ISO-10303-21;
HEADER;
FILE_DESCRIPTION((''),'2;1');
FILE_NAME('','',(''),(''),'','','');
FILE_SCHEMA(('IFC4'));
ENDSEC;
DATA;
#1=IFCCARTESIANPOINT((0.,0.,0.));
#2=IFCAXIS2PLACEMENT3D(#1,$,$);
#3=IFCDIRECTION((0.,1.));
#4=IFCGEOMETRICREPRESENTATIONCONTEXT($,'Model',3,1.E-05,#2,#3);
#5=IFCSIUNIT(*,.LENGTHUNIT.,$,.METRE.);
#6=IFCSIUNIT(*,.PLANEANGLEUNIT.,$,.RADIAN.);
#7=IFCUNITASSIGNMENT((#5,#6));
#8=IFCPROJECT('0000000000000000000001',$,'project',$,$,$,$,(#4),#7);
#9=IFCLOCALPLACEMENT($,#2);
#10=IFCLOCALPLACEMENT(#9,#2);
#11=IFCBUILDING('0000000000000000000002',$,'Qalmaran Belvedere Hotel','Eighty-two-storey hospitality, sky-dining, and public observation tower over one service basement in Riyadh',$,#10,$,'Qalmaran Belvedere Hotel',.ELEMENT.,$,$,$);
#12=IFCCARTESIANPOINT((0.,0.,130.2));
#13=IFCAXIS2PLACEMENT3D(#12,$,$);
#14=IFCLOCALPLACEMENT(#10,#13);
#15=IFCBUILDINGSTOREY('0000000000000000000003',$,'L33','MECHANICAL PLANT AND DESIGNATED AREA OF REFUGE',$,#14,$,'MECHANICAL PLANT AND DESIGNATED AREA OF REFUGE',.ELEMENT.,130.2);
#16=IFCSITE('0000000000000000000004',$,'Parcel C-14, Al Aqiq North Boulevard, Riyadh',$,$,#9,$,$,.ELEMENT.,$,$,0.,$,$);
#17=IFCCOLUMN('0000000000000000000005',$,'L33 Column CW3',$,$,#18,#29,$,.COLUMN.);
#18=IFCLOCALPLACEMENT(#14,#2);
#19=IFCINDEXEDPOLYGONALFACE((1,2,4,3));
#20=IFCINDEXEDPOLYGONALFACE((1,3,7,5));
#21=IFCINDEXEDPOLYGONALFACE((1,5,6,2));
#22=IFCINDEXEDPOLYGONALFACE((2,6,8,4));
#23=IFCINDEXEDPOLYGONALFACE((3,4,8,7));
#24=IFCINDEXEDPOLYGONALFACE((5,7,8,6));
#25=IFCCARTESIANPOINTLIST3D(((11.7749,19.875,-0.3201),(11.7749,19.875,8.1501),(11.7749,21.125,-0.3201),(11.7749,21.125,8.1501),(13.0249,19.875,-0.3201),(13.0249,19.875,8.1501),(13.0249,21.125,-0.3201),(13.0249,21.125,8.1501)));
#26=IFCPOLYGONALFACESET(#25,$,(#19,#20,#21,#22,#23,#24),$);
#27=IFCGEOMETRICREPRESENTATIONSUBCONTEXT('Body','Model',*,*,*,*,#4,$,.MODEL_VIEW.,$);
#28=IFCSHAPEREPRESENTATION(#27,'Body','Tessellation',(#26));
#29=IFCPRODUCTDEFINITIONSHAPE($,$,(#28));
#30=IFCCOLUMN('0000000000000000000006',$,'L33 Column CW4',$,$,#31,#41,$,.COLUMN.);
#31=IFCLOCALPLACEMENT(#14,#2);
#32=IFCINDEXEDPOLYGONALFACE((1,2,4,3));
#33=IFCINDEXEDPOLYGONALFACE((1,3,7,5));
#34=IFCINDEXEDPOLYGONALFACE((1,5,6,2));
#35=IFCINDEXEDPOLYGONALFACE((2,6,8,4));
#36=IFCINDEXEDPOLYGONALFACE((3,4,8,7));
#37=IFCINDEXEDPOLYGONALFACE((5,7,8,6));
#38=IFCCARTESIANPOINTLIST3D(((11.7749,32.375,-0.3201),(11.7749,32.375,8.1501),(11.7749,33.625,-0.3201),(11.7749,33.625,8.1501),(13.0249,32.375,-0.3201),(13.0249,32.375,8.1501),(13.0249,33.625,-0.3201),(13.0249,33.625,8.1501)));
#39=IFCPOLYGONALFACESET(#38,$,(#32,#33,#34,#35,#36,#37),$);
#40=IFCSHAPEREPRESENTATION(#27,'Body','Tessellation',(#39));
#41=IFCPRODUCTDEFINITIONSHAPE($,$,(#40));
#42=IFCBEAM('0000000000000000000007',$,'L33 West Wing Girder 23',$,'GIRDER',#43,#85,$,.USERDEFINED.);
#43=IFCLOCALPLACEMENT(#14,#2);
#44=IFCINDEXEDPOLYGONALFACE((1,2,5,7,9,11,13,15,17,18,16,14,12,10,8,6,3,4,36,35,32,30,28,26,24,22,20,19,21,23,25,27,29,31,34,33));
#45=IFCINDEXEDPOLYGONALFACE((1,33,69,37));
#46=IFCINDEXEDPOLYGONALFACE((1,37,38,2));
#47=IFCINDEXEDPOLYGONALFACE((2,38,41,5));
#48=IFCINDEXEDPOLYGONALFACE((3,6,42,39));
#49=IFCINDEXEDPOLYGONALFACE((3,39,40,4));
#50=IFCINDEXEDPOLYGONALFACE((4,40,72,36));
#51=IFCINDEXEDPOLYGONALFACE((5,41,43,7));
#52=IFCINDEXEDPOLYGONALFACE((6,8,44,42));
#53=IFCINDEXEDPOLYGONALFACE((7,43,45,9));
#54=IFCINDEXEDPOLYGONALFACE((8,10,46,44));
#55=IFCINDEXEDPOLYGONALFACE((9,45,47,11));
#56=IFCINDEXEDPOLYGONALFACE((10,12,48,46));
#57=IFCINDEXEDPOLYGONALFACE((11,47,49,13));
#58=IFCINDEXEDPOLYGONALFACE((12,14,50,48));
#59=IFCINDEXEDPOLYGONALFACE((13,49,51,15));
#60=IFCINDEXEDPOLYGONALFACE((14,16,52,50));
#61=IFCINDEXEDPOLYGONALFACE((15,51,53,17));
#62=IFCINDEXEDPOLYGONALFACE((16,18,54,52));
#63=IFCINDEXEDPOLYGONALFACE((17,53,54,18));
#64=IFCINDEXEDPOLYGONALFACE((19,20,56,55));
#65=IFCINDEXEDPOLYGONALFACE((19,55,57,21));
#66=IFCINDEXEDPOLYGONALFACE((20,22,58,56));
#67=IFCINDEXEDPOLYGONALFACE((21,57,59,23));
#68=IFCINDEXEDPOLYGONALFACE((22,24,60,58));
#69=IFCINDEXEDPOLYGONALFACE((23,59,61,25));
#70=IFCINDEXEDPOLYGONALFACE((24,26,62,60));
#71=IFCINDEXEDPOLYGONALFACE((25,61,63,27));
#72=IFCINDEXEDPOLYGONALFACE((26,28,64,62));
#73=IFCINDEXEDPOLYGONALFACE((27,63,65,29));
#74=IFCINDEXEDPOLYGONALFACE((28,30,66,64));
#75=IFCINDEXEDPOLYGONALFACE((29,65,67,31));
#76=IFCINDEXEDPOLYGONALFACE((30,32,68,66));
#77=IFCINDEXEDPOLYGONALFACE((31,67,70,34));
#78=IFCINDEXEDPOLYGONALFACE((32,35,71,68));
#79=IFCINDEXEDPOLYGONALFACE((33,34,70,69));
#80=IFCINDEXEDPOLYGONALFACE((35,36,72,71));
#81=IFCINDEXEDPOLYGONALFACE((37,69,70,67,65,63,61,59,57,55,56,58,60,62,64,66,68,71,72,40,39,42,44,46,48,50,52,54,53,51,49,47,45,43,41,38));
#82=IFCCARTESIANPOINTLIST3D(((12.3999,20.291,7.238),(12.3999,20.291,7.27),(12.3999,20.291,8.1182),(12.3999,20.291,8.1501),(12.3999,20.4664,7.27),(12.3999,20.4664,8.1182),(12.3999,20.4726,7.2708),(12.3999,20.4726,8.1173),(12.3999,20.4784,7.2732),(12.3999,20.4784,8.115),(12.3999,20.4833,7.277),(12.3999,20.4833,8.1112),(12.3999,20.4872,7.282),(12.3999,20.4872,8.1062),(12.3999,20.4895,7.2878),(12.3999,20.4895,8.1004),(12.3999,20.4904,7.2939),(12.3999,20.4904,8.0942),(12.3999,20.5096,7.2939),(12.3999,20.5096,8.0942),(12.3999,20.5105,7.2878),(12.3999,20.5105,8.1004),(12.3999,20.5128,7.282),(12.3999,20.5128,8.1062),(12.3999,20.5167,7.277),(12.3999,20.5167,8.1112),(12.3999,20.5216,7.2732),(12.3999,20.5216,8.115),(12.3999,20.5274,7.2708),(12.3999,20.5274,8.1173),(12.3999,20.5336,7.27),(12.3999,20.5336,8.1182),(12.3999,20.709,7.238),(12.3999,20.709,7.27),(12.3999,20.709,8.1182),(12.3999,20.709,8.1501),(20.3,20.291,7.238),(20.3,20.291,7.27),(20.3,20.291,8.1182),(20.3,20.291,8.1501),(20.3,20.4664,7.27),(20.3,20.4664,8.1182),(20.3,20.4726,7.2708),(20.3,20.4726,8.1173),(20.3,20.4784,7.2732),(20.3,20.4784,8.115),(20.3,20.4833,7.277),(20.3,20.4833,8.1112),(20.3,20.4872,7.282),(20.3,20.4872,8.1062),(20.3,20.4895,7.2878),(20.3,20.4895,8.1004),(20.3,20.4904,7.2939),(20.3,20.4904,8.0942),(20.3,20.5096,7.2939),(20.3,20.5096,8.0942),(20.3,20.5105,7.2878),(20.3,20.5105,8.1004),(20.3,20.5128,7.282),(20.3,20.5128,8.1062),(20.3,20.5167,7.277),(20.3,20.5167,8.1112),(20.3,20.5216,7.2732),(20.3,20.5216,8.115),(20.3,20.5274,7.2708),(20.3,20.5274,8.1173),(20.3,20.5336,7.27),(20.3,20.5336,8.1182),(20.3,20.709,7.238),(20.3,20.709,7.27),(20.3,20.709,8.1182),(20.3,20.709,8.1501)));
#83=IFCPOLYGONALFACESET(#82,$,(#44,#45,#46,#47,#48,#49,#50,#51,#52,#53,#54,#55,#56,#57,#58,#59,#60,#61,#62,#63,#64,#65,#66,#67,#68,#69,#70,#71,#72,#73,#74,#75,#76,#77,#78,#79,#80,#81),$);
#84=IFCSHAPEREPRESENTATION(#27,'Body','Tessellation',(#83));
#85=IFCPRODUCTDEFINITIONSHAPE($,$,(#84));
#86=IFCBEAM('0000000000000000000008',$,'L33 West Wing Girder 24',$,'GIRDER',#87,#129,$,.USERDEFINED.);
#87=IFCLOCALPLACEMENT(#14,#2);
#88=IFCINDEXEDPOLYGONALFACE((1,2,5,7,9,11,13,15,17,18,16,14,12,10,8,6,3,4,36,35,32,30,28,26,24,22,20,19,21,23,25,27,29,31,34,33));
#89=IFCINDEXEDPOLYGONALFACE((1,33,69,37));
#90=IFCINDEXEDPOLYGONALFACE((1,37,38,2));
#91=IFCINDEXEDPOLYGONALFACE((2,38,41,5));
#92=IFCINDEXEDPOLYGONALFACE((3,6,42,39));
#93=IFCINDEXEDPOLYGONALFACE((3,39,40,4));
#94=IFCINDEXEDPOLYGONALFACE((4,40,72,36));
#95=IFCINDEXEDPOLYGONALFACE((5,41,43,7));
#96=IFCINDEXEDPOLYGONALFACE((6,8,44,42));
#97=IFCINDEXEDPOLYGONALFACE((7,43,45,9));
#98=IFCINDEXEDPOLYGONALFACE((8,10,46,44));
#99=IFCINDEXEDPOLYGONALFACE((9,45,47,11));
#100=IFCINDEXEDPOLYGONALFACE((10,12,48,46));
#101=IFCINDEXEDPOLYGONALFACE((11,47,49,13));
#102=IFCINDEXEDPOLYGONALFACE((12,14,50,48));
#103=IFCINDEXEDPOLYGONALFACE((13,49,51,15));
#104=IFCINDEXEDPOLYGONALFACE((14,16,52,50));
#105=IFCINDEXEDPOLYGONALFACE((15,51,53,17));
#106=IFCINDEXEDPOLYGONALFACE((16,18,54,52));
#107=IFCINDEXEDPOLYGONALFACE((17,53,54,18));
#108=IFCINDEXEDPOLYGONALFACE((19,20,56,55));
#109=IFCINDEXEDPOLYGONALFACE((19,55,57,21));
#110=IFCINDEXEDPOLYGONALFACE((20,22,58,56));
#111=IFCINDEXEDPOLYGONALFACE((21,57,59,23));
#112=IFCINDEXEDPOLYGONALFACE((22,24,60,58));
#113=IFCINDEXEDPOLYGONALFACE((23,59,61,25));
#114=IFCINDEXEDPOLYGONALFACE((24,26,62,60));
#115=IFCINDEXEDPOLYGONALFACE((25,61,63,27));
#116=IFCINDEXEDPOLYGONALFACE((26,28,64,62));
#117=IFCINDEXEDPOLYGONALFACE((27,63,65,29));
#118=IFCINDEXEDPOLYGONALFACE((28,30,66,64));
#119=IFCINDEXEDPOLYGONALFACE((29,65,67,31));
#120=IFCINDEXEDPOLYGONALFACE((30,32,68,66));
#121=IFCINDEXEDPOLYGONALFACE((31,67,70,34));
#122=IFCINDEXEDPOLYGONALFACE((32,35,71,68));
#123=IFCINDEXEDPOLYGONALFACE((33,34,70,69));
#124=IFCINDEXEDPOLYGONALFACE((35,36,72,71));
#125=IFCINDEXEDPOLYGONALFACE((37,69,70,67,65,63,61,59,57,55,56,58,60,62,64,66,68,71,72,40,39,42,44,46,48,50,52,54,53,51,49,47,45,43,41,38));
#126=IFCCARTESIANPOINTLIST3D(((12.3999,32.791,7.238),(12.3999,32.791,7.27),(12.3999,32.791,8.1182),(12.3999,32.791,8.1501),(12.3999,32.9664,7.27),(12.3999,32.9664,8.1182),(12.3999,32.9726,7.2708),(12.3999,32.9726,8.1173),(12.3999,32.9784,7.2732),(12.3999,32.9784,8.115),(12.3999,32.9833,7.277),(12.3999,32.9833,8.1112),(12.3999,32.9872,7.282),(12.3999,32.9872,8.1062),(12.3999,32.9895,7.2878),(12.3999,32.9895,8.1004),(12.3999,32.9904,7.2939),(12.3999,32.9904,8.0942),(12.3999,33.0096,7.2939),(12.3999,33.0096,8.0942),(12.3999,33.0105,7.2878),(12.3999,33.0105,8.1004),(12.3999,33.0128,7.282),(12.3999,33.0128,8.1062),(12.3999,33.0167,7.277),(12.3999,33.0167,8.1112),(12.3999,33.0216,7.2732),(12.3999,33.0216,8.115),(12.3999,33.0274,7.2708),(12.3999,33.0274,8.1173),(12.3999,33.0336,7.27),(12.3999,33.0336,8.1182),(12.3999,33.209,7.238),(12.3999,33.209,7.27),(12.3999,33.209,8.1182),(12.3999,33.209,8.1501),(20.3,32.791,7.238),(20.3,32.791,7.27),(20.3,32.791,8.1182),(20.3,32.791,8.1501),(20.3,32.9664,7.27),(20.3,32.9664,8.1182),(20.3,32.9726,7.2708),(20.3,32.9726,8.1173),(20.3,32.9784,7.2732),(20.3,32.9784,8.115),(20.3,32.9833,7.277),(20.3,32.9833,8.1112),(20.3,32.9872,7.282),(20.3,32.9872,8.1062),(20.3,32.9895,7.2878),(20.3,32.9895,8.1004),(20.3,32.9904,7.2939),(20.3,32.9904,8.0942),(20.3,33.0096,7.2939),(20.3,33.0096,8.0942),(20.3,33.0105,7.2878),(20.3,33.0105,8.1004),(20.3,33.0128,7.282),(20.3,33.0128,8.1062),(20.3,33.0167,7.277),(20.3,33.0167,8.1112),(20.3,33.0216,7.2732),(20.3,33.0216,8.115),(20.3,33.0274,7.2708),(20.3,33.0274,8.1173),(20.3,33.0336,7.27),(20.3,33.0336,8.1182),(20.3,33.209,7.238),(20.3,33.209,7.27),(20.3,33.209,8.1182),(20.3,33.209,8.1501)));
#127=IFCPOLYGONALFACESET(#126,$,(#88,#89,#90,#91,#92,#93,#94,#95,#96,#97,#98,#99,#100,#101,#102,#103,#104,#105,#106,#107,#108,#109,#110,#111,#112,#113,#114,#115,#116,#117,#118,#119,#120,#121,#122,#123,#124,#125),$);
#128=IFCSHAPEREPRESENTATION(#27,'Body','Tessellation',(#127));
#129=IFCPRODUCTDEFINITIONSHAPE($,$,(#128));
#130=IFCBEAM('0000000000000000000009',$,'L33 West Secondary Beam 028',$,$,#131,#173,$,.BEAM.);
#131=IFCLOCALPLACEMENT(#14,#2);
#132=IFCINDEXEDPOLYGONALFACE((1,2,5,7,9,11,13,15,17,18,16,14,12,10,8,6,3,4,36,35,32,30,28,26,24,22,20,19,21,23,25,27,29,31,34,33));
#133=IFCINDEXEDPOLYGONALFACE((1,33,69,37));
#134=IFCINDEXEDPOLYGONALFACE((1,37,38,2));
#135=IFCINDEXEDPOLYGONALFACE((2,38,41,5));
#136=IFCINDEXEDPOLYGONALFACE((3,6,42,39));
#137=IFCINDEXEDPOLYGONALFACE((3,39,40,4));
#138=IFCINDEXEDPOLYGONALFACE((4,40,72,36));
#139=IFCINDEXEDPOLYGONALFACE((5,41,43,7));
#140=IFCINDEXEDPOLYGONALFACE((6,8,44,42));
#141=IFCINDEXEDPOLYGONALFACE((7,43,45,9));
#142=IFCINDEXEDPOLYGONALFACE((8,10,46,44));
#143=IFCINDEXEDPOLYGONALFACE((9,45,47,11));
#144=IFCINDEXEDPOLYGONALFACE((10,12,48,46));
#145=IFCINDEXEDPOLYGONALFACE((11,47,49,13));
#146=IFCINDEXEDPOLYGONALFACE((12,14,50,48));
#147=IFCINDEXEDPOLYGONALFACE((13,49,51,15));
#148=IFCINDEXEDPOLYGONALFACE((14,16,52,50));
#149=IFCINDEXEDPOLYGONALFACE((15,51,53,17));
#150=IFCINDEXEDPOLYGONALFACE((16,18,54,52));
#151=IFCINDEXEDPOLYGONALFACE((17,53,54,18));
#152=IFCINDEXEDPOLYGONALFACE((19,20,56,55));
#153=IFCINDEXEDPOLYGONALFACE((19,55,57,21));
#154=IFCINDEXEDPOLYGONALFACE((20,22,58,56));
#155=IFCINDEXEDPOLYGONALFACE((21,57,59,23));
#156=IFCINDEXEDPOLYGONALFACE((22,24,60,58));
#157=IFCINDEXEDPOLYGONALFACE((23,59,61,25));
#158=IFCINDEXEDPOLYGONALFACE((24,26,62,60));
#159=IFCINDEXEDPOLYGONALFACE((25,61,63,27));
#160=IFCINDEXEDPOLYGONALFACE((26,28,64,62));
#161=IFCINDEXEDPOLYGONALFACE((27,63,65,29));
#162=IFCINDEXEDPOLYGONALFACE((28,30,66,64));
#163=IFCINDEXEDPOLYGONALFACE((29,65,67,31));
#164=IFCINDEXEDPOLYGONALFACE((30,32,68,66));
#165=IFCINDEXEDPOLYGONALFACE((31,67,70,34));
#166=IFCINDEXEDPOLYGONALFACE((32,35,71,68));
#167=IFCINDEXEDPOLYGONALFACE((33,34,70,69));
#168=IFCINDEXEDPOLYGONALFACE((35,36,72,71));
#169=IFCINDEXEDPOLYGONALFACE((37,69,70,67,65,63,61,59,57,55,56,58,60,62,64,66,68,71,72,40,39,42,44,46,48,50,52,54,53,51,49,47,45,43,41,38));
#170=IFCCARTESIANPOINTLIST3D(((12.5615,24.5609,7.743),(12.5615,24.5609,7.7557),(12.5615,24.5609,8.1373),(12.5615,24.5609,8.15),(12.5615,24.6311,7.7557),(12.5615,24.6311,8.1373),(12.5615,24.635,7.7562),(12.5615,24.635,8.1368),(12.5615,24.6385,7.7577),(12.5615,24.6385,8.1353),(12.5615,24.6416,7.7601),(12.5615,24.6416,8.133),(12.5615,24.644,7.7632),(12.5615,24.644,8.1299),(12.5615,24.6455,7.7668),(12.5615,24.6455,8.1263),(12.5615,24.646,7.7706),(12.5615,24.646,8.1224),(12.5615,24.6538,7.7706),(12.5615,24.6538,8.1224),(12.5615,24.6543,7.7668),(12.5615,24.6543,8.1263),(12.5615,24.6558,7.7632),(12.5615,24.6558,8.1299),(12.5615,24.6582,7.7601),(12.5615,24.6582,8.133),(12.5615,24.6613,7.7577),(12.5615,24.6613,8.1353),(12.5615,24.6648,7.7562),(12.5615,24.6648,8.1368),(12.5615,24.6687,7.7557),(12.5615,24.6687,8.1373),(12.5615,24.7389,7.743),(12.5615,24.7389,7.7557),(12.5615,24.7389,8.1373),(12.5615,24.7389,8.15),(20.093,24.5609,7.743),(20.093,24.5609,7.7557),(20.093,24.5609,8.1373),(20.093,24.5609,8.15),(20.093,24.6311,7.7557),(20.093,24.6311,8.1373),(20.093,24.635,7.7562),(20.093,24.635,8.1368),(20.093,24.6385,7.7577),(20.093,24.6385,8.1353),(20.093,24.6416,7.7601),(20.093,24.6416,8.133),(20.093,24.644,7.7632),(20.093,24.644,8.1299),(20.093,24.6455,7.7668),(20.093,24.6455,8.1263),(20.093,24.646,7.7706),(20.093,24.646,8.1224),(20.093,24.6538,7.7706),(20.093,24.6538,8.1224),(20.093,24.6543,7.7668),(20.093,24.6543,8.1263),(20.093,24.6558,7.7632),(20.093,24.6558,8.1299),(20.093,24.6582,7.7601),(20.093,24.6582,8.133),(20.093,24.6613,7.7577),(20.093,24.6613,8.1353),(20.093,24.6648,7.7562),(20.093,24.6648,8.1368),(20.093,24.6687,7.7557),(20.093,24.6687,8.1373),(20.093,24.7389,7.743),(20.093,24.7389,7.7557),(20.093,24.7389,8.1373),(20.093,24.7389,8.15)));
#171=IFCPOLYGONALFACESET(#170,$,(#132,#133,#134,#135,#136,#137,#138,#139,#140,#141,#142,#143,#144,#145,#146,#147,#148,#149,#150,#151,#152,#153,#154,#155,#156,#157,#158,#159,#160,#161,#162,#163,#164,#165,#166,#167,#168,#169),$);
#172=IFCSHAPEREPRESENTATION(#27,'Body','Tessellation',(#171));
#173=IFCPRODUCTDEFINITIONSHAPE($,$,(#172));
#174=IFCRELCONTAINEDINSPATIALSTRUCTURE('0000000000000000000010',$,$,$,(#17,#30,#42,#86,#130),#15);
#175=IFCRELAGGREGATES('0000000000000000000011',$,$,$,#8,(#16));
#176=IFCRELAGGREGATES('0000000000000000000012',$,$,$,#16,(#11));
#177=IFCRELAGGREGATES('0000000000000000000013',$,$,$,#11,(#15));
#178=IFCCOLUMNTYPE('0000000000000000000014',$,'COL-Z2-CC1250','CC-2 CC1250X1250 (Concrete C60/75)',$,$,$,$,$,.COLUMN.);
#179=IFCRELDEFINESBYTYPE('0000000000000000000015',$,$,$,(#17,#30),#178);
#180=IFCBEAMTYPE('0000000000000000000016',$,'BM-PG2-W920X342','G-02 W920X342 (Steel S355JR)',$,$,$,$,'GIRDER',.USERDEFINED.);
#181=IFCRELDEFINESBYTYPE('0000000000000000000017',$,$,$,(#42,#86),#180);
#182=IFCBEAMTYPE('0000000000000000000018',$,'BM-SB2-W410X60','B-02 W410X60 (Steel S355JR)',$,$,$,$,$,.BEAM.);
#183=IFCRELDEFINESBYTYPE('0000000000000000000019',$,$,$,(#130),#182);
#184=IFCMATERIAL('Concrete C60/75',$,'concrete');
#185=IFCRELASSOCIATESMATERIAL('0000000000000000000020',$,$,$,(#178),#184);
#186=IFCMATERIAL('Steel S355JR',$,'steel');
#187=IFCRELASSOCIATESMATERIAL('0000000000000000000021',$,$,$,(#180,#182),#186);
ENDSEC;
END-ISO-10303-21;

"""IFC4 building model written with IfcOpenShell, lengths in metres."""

from ifc_helpers import new_model, si_unit, direction, frame, origin, origin_2d, place, context, subcontext, project, spatial, rectangle, i_section, extrude, material, material_profile, profile_set, type_object, element, save


model = new_model("IFC4")

# Units and contexts
model_context = context("Model", 3, precision=1e-05, world=origin(), true_north=direction((0.0, 1.0)))
body_context = subcontext(model_context, "Body", "Model", "MODEL_VIEW")
ifc_project = project(units=[si_unit("LENGTHUNIT", "METRE"), si_unit("PLANEANGLEUNIT", "RADIAN")], contexts=[model_context])

# Site, building, storey
site_placement = place(None, origin())
site = spatial("IfcSite", under=ifc_project, at=site_placement, Name="Parcel C-14, Al Aqiq North Boulevard, Riyadh", CompositionType="ELEMENT", RefElevation=0.0)
building_placement = place(site_placement, origin())
building = spatial("IfcBuilding", under=site, at=building_placement, Name="Qalmaran Belvedere Hotel", Description="Eighty-two-storey hospitality, sky-dining, and public observation tower over one service basement in Riyadh", LongName="Qalmaran Belvedere Hotel", CompositionType="ELEMENT")
storey_placement = place(building_placement, frame((0.0, 0.0, 130.2)))
storey = spatial("IfcBuildingStorey", under=building, at=storey_placement, Name="L33", Description="MECHANICAL PLANT AND DESIGNATED AREA OF REFUGE", LongName="MECHANICAL PLANT AND DESIGNATED AREA OF REFUGE", CompositionType="ELEMENT", Elevation=130.2)

# Columns
ifc_material_1 = material(Name="Concrete C60/75", Category="concrete")
ifc_material_profile_1 = material_profile(ifc_material_1, rectangle(XDim=1.25, YDim=1.25, at=origin_2d()), Name="CC1250X1250")
ifc_profile_set_1 = profile_set([ifc_material_profile_1], Name="Concrete C60/75")
column_type = type_object("IfcColumnType", Name="COL-Z2-CC1250", Description="CC-2 CC1250X1250 (Concrete C60/75)", PredefinedType="COLUMN", material=ifc_profile_set_1)
for number, where, z_axis, x_axis, name in (
    (1, (12.3999, 20.5, -0.3201), (0.0, 0.0, 1.0), (1.0, 0.0, 0.0), "L33 Column CW3"),
    (2, (12.3999, 33.0, -0.3201), (0.0, 0.0, 1.0), (1.0, 0.0, 0.0), "L33 Column CW4"),
):
    element("IfcColumn", number, at=place(storey_placement, frame(where, z_axis=z_axis, x_axis=x_axis)), inside=storey, type_object=column_type, Name=name, PredefinedType="COLUMN", context=body_context, shape_type="SweptSolid", body=[
        extrude(rectangle(XDim=1.25, YDim=1.25, at=origin_2d()), origin(), (0.0, 0.0, 1.0), 8.4702),
    ])

# Beams
ifc_material_2 = material(Name="Steel S355JR", Category="steel")
ifc_material_profile_2 = material_profile(ifc_material_2, i_section(OverallWidth=0.418, OverallDepth=0.9121, WebThickness=0.0193, FlangeThickness=0.032, FilletRadius=0.0239, at=origin_2d()), Name="W920X342")
ifc_profile_set_2 = profile_set([ifc_material_profile_2], Name="Steel S355JR")
beam_type_1 = type_object("IfcBeamType", Name="BM-PG2-W920X342", Description="G-02 W920X342 (Steel S355JR)", ElementType="GIRDER", PredefinedType="USERDEFINED", material=ifc_profile_set_2)
for number, where, z_axis, x_axis, name in (
    (3, (12.3999, 20.5, 7.6941), (1.0, 0.0, 0.0), (0.0, 1.0, 0.0), "L33 West Wing Girder 23"),
    (4, (12.3999, 33.0, 7.6941), (1.0, 0.0, 0.0), (0.0, 1.0, 0.0), "L33 West Wing Girder 24"),
):
    element("IfcBeam", number, at=place(storey_placement, frame(where, z_axis=z_axis, x_axis=x_axis)), inside=storey, type_object=beam_type_1, Name=name, ObjectType="GIRDER", PredefinedType="USERDEFINED", context=body_context, shape_type="SweptSolid", body=[
        extrude(i_section(OverallWidth=0.418, OverallDepth=0.9121, WebThickness=0.0193, FlangeThickness=0.032, FilletRadius=0.0239, at=origin_2d()), origin(), (0.0, 0.0, 1.0), 7.9001),
    ])
ifc_material_profile_3 = material_profile(ifc_material_2, i_section(OverallWidth=0.178, OverallDepth=0.407, WebThickness=0.0078, FlangeThickness=0.0127, FilletRadius=0.0149, at=origin_2d()), Name="W410X60")
ifc_profile_set_3 = profile_set([ifc_material_profile_3], Name="Steel S355JR")
beam_type_2 = type_object("IfcBeamType", Name="BM-SB2-W410X60", Description="B-02 W410X60 (Steel S355JR)", PredefinedType="BEAM", material=ifc_profile_set_3)
for number, where, z_axis, x_axis, name in (
    (5, (12.5615, 24.6499, 7.9465), (1.0, 0.0, 0.0), (0.0, 1.0, 0.0), "L33 West Secondary Beam 028"),
):
    element("IfcBeam", number, at=place(storey_placement, frame(where, z_axis=z_axis, x_axis=x_axis)), inside=storey, type_object=beam_type_2, Name=name, PredefinedType="BEAM", context=body_context, shape_type="SweptSolid", body=[
        extrude(i_section(OverallWidth=0.178, OverallDepth=0.407, WebThickness=0.0078, FlangeThickness=0.0127, FilletRadius=0.0149, at=origin_2d()), origin(), (0.0, 0.0, 1.0), 7.5315),
    ])

save(model, "model.ifc")
